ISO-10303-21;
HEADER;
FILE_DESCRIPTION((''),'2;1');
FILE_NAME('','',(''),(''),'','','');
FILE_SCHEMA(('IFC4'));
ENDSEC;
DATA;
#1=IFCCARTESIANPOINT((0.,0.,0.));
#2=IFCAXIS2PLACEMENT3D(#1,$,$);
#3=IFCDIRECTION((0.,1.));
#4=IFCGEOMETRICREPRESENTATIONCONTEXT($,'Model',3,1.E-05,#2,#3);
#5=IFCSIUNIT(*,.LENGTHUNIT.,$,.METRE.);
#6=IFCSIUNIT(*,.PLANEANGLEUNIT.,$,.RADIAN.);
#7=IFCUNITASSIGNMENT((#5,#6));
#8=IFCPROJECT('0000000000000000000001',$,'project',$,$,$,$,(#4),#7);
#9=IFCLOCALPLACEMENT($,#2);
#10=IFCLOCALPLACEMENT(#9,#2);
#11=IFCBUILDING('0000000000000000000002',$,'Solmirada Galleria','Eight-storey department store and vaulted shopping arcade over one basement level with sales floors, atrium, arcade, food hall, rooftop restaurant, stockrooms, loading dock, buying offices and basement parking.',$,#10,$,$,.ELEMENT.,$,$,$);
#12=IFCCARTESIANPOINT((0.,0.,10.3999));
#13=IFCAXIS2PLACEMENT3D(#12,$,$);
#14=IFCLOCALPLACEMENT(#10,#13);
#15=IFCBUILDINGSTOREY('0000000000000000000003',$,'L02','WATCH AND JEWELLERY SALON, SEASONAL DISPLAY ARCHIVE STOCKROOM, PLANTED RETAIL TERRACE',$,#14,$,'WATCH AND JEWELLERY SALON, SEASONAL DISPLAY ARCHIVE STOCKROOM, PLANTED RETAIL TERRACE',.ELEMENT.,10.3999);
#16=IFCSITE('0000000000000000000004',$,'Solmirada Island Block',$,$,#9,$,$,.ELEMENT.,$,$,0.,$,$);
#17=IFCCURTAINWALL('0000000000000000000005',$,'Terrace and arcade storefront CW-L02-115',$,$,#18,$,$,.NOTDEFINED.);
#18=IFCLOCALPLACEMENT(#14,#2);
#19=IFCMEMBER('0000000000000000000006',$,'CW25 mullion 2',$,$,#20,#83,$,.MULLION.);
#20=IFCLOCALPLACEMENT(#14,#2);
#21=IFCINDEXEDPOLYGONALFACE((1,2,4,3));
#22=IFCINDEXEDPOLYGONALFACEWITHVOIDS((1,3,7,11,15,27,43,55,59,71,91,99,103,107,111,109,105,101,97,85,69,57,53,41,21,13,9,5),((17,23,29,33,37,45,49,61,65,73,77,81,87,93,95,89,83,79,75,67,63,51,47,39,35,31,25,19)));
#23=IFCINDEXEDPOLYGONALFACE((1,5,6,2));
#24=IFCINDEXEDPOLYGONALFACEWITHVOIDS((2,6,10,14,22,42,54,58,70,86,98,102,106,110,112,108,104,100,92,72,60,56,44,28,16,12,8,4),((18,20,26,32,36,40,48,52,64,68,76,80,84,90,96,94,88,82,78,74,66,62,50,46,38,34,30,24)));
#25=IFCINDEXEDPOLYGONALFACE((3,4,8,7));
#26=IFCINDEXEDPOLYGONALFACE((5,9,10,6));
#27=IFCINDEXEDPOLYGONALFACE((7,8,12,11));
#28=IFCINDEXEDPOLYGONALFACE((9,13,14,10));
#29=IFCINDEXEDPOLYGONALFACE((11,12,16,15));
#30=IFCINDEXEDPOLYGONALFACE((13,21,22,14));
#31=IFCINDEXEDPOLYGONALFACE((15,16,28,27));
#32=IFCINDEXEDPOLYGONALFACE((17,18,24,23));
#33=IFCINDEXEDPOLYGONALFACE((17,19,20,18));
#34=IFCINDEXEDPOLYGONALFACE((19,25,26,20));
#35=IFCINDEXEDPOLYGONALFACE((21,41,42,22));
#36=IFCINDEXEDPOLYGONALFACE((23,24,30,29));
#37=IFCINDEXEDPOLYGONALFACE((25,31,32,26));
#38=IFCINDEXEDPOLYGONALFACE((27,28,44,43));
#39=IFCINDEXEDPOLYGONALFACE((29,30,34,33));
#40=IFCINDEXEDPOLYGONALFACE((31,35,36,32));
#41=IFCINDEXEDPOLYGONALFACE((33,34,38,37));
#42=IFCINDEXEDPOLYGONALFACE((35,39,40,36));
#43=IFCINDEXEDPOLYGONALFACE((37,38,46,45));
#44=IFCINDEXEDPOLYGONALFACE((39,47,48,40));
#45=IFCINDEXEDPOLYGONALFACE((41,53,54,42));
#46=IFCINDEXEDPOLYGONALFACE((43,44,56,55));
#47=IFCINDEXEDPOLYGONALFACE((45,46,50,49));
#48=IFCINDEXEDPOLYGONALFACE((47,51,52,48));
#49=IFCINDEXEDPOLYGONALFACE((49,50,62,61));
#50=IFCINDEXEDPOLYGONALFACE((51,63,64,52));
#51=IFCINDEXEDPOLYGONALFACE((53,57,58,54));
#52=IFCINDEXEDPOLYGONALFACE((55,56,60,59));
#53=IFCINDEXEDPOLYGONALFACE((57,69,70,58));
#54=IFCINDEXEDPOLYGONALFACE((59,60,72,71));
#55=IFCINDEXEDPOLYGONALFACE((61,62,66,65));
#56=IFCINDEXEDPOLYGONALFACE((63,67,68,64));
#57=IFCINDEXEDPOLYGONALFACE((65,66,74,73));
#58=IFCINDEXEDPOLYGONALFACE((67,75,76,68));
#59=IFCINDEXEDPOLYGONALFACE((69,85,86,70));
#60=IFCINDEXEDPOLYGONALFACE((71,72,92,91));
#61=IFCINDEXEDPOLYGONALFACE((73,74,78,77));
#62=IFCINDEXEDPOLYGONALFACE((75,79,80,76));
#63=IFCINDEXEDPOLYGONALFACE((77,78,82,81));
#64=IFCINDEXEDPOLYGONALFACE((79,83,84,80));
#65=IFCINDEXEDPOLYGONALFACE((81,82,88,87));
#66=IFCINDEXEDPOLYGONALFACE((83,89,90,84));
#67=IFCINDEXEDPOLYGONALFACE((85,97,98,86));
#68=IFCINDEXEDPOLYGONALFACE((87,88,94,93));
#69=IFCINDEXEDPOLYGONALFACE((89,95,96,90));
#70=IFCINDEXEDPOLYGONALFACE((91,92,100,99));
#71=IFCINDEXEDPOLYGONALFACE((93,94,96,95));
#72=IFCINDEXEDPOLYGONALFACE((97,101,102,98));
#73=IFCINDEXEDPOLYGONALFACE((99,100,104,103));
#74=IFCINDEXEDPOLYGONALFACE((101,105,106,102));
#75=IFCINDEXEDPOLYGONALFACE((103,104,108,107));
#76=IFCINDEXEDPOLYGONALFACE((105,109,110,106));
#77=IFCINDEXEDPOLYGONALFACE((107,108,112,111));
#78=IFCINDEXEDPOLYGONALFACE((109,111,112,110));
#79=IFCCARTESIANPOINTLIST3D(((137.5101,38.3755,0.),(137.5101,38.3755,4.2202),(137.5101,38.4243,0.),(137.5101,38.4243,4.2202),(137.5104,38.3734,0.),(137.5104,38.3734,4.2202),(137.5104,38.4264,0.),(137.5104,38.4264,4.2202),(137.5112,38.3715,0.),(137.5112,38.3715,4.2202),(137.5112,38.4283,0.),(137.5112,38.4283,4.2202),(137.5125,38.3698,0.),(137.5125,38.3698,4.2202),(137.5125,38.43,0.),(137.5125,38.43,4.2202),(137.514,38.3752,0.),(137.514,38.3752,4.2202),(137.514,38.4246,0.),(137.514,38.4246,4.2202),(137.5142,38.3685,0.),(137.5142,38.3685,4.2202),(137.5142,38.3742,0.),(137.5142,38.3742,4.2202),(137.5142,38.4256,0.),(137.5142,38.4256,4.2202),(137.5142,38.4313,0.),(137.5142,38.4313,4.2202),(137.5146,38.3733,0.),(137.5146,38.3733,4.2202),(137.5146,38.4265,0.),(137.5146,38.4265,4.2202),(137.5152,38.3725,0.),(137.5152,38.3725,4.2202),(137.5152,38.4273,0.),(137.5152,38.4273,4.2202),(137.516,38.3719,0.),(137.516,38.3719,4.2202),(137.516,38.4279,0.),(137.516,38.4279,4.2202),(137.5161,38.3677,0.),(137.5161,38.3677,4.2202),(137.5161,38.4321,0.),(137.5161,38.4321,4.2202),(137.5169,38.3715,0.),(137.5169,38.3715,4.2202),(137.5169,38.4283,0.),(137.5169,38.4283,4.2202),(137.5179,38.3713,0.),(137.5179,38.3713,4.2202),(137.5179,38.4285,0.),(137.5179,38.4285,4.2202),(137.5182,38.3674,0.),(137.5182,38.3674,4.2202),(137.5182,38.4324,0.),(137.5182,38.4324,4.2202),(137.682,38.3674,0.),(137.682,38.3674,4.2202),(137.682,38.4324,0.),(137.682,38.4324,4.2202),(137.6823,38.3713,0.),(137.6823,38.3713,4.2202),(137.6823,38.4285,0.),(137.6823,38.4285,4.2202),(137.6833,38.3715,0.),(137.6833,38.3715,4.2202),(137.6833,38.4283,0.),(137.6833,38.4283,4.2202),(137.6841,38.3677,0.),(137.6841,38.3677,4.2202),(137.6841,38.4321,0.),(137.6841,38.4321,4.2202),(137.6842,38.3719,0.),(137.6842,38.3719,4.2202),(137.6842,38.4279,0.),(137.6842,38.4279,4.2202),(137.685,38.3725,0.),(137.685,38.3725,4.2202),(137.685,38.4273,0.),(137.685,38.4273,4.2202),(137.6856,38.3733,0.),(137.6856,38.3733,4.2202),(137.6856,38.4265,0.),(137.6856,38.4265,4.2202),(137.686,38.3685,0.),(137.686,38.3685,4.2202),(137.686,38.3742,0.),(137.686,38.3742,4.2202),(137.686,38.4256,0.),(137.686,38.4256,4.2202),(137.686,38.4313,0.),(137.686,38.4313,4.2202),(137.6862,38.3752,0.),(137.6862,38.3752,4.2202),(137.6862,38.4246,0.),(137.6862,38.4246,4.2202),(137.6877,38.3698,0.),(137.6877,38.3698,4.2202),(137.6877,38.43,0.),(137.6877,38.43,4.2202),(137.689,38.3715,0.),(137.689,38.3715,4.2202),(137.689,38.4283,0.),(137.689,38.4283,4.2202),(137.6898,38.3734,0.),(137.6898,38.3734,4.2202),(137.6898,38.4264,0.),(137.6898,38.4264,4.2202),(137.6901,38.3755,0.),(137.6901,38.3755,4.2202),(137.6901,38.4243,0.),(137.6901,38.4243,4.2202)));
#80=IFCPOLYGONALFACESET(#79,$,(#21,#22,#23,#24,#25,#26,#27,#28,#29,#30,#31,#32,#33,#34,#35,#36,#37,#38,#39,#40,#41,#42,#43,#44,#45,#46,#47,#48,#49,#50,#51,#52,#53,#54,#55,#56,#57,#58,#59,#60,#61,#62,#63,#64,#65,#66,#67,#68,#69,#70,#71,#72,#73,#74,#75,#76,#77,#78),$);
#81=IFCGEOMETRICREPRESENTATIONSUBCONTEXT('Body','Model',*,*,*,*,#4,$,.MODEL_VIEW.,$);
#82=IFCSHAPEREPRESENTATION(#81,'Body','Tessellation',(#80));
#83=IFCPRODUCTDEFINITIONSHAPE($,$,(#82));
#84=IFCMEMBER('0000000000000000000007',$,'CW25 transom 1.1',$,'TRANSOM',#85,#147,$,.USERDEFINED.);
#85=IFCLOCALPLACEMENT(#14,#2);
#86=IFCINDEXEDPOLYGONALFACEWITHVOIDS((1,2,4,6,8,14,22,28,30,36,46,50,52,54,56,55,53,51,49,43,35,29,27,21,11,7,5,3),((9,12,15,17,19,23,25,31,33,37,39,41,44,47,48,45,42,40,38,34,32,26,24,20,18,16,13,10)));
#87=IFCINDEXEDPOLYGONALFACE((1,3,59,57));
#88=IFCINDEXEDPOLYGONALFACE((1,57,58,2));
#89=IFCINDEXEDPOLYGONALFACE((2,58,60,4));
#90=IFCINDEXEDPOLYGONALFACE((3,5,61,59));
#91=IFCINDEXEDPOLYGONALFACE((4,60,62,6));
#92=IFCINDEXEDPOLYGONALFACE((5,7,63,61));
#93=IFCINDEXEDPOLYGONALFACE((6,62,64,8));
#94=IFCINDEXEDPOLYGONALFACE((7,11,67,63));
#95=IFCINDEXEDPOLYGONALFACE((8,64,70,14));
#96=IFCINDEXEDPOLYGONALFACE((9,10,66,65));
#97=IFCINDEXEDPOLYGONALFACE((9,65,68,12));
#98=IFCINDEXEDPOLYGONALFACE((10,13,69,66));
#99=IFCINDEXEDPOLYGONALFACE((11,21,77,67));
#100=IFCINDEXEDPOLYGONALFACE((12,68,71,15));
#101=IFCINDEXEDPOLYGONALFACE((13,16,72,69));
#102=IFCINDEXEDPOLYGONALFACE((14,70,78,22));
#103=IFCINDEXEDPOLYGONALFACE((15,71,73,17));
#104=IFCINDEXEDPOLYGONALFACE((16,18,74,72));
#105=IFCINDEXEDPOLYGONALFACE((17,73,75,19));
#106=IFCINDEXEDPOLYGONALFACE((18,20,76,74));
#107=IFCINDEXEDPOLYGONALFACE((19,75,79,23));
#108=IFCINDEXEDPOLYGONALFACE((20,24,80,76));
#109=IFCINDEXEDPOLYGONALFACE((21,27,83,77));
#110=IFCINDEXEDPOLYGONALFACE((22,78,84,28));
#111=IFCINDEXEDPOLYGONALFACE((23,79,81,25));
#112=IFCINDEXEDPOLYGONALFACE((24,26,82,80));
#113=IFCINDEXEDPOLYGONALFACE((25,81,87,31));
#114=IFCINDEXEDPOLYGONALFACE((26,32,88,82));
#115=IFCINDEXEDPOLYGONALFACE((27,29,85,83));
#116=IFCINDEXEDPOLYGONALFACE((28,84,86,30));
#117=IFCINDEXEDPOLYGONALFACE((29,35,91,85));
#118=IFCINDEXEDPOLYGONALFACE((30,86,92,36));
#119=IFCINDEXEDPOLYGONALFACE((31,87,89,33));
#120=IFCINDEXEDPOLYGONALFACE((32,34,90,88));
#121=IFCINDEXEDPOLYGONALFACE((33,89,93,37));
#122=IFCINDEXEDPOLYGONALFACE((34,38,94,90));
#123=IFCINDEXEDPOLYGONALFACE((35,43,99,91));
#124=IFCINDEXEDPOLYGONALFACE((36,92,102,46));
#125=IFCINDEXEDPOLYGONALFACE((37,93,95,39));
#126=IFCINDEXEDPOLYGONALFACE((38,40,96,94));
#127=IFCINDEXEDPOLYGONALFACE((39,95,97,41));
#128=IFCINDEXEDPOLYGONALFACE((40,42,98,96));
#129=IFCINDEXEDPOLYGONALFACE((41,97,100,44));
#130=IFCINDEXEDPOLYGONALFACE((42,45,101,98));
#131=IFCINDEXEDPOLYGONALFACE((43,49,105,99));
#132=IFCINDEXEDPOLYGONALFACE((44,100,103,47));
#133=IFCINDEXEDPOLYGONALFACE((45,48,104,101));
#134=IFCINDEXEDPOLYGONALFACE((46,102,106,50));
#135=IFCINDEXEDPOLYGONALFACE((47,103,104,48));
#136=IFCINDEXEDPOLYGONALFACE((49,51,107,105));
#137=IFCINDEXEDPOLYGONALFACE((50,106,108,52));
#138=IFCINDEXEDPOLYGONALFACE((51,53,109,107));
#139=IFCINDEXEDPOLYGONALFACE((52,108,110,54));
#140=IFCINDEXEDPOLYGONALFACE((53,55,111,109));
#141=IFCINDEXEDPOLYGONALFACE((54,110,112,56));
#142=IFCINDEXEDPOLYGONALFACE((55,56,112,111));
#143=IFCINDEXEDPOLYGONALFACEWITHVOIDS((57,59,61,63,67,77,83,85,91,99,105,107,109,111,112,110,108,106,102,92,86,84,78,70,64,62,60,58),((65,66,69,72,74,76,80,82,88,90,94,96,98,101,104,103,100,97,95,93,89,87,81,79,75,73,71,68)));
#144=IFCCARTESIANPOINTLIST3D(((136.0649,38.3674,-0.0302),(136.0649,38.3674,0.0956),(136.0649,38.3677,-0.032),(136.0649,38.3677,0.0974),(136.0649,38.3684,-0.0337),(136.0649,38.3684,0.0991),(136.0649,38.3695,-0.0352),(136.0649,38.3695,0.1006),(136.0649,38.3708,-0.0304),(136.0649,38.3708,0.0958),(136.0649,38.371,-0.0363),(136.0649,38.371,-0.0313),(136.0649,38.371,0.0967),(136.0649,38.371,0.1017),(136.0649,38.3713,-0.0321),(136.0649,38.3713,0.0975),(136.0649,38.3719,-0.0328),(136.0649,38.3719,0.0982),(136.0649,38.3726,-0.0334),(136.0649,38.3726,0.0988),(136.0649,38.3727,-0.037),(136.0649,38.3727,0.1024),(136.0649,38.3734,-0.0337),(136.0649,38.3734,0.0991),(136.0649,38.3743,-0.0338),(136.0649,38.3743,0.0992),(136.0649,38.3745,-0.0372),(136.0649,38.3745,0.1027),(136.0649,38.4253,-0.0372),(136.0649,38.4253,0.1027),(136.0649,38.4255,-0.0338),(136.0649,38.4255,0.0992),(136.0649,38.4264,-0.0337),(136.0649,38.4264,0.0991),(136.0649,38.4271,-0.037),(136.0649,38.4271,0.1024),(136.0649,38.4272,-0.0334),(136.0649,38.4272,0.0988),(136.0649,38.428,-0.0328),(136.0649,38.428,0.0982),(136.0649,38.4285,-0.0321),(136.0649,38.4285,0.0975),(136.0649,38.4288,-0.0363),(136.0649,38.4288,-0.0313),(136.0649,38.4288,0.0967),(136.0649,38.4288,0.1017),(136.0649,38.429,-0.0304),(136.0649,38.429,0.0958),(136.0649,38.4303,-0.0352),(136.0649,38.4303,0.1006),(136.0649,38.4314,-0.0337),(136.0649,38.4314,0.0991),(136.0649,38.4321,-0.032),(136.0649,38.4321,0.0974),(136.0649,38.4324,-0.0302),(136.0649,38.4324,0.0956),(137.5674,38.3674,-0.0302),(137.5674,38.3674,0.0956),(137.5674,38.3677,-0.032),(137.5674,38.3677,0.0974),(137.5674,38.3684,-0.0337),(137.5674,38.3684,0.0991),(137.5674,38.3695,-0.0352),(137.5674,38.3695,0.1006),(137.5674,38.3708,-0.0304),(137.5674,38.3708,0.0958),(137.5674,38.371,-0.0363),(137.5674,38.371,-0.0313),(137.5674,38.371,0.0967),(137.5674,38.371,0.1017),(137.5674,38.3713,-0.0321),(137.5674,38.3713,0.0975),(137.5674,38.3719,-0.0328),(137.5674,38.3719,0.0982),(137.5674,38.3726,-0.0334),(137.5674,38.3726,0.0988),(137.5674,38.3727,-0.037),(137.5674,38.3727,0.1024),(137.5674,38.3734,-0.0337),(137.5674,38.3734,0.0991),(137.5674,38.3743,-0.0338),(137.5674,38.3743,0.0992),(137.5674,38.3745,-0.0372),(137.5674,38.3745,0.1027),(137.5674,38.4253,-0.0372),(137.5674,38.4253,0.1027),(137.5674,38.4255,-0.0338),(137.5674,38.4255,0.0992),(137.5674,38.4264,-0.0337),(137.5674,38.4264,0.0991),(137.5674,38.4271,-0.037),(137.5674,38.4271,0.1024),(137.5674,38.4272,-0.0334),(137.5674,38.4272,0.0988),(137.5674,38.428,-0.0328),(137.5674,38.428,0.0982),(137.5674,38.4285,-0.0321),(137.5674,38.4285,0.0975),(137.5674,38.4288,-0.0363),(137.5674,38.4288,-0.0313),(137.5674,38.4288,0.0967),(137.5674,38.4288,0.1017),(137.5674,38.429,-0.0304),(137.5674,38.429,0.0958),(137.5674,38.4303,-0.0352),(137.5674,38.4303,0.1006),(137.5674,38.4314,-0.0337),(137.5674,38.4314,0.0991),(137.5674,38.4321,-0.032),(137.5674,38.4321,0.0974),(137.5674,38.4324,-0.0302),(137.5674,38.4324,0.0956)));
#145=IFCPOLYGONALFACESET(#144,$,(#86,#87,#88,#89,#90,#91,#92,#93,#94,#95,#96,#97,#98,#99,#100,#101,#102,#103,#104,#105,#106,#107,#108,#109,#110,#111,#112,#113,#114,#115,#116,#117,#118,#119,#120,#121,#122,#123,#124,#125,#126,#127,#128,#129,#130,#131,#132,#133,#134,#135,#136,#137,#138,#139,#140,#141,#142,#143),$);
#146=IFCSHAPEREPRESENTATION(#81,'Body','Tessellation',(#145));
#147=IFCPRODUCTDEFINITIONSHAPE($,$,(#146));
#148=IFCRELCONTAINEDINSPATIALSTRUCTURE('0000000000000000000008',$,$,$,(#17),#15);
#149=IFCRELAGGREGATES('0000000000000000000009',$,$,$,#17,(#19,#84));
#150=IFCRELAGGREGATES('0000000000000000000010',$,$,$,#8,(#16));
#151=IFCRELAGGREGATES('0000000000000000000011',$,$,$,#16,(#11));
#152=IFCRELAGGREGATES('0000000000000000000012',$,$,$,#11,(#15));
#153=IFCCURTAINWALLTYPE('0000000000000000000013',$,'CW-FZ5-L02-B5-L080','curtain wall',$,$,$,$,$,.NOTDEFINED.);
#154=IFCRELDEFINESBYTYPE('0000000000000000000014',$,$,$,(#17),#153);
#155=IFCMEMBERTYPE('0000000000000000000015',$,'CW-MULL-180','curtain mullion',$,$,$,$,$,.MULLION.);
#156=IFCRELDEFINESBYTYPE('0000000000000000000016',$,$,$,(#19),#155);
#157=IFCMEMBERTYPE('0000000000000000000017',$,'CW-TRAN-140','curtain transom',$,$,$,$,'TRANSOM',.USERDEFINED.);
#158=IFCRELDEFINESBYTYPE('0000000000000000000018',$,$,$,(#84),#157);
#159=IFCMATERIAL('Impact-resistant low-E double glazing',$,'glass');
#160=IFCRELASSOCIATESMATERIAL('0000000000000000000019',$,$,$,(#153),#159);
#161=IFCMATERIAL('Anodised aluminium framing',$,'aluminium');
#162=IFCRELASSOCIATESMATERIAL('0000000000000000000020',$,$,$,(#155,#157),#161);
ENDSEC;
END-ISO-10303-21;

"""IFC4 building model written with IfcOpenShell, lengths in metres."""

from ifc_helpers import new_model, si_unit, direction, frame, origin, origin_2d, place, context, subcontext, project, spatial, hollow_rectangle, extrude, material, material_profile, profile_set, type_object, element, aggregate, save


model = new_model("IFC4")

# Units and contexts
model_context = context("Model", 3, precision=1e-05, world=origin(), true_north=direction((0.0, 1.0)))
body_context = subcontext(model_context, "Body", "Model", "MODEL_VIEW")
ifc_project = project(units=[si_unit("LENGTHUNIT", "METRE"), si_unit("PLANEANGLEUNIT", "RADIAN")], contexts=[model_context])

# Site, building, storey
site_placement = place(None, origin())
site = spatial("IfcSite", under=ifc_project, at=site_placement, Name="Solmirada Island Block", CompositionType="ELEMENT", RefElevation=0.0)
building_placement = place(site_placement, origin())
building = spatial("IfcBuilding", under=site, at=building_placement, Name="Solmirada Galleria", Description="Eight-storey department store and vaulted shopping arcade over one basement level with sales floors, atrium, arcade, food hall, rooftop restaurant, stockrooms, loading dock, buying offices and basement parking.", CompositionType="ELEMENT")
storey_placement = place(building_placement, frame((0.0, 0.0, 10.3999)))
storey = spatial("IfcBuildingStorey", under=building, at=storey_placement, Name="L02", Description="WATCH AND JEWELLERY SALON, SEASONAL DISPLAY ARCHIVE STOCKROOM, PLANTED RETAIL TERRACE", LongName="WATCH AND JEWELLERY SALON, SEASONAL DISPLAY ARCHIVE STOCKROOM, PLANTED RETAIL TERRACE", CompositionType="ELEMENT", Elevation=10.3999)

# Curtain wall, members
ifc_material_1 = material(Name="Impact-resistant low-E double glazing", Category="glass")
curtain_wall_type = type_object("IfcCurtainWallType", Name="CW-FZ5-L02-B5-L080", Description="curtain wall", PredefinedType="NOTDEFINED", material=ifc_material_1)
curtain_wall_placement = place(storey_placement, origin())
curtain_wall = element("IfcCurtainWall", 1, at=curtain_wall_placement, inside=storey, type_object=curtain_wall_type, Name="Terrace and arcade storefront CW-L02-115", PredefinedType="NOTDEFINED")
ifc_material_2 = material(Name="Anodised aluminium framing", Category="aluminium")
ifc_material_profile_1 = material_profile(ifc_material_2, hollow_rectangle(XDim=0.0649, YDim=0.1799, WallThickness=0.0039, InnerFilletRadius=0.0039, OuterFilletRadius=0.0081, at=origin_2d()), Name="ALU-MULL-180X65")
ifc_profile_set_1 = profile_set([ifc_material_profile_1], Name="Anodised aluminium framing")
member_type_1 = type_object("IfcMemberType", Name="CW-MULL-180", Description="curtain mullion", PredefinedType="MULLION", material=ifc_profile_set_1)
member_1_placement = place(storey_placement, frame((137.6001, 38.3999, 0.0), z_axis=(0.0, 0.0, 1.0), x_axis=(0.0, 1.0, 0.0)))
member_1 = element("IfcMember", 2, at=member_1_placement, type_object=member_type_1, Name="CW25 mullion 2", PredefinedType="MULLION", context=body_context, shape_type="SweptSolid", body=[
    extrude(hollow_rectangle(XDim=0.0649, YDim=0.1799, WallThickness=0.0039, InnerFilletRadius=0.0039, OuterFilletRadius=0.0081, at=origin_2d()), origin(), (0.0, 0.0, 1.0), 4.2202),
])
ifc_material_profile_2 = material_profile(ifc_material_2, hollow_rectangle(XDim=0.0649, YDim=0.1399, WallThickness=0.0034, InnerFilletRadius=0.0034, OuterFilletRadius=0.0071, at=origin_2d()), Name="ALU-TRAN-140X65")
ifc_profile_set_2 = profile_set([ifc_material_profile_2], Name="Anodised aluminium framing")
member_type_2 = type_object("IfcMemberType", Name="CW-TRAN-140", Description="curtain transom", ElementType="TRANSOM", PredefinedType="USERDEFINED", material=ifc_profile_set_2)
member_2_placement = place(storey_placement, frame((136.0649, 38.3999, 0.0327), z_axis=(1.0, 0.0, 0.0), x_axis=(0.0, 1.0, 0.0)))
member_2 = element("IfcMember", 3, at=member_2_placement, type_object=member_type_2, Name="CW25 transom 1.1", ObjectType="TRANSOM", PredefinedType="USERDEFINED", context=body_context, shape_type="SweptSolid", body=[
    extrude(hollow_rectangle(XDim=0.0649, YDim=0.1399, WallThickness=0.0034, InnerFilletRadius=0.0034, OuterFilletRadius=0.0071, at=origin_2d()), origin(), (0.0, 0.0, 1.0), 1.5024),
])
aggregate(curtain_wall, [member_1, member_2])

save(model, "model.ifc")
